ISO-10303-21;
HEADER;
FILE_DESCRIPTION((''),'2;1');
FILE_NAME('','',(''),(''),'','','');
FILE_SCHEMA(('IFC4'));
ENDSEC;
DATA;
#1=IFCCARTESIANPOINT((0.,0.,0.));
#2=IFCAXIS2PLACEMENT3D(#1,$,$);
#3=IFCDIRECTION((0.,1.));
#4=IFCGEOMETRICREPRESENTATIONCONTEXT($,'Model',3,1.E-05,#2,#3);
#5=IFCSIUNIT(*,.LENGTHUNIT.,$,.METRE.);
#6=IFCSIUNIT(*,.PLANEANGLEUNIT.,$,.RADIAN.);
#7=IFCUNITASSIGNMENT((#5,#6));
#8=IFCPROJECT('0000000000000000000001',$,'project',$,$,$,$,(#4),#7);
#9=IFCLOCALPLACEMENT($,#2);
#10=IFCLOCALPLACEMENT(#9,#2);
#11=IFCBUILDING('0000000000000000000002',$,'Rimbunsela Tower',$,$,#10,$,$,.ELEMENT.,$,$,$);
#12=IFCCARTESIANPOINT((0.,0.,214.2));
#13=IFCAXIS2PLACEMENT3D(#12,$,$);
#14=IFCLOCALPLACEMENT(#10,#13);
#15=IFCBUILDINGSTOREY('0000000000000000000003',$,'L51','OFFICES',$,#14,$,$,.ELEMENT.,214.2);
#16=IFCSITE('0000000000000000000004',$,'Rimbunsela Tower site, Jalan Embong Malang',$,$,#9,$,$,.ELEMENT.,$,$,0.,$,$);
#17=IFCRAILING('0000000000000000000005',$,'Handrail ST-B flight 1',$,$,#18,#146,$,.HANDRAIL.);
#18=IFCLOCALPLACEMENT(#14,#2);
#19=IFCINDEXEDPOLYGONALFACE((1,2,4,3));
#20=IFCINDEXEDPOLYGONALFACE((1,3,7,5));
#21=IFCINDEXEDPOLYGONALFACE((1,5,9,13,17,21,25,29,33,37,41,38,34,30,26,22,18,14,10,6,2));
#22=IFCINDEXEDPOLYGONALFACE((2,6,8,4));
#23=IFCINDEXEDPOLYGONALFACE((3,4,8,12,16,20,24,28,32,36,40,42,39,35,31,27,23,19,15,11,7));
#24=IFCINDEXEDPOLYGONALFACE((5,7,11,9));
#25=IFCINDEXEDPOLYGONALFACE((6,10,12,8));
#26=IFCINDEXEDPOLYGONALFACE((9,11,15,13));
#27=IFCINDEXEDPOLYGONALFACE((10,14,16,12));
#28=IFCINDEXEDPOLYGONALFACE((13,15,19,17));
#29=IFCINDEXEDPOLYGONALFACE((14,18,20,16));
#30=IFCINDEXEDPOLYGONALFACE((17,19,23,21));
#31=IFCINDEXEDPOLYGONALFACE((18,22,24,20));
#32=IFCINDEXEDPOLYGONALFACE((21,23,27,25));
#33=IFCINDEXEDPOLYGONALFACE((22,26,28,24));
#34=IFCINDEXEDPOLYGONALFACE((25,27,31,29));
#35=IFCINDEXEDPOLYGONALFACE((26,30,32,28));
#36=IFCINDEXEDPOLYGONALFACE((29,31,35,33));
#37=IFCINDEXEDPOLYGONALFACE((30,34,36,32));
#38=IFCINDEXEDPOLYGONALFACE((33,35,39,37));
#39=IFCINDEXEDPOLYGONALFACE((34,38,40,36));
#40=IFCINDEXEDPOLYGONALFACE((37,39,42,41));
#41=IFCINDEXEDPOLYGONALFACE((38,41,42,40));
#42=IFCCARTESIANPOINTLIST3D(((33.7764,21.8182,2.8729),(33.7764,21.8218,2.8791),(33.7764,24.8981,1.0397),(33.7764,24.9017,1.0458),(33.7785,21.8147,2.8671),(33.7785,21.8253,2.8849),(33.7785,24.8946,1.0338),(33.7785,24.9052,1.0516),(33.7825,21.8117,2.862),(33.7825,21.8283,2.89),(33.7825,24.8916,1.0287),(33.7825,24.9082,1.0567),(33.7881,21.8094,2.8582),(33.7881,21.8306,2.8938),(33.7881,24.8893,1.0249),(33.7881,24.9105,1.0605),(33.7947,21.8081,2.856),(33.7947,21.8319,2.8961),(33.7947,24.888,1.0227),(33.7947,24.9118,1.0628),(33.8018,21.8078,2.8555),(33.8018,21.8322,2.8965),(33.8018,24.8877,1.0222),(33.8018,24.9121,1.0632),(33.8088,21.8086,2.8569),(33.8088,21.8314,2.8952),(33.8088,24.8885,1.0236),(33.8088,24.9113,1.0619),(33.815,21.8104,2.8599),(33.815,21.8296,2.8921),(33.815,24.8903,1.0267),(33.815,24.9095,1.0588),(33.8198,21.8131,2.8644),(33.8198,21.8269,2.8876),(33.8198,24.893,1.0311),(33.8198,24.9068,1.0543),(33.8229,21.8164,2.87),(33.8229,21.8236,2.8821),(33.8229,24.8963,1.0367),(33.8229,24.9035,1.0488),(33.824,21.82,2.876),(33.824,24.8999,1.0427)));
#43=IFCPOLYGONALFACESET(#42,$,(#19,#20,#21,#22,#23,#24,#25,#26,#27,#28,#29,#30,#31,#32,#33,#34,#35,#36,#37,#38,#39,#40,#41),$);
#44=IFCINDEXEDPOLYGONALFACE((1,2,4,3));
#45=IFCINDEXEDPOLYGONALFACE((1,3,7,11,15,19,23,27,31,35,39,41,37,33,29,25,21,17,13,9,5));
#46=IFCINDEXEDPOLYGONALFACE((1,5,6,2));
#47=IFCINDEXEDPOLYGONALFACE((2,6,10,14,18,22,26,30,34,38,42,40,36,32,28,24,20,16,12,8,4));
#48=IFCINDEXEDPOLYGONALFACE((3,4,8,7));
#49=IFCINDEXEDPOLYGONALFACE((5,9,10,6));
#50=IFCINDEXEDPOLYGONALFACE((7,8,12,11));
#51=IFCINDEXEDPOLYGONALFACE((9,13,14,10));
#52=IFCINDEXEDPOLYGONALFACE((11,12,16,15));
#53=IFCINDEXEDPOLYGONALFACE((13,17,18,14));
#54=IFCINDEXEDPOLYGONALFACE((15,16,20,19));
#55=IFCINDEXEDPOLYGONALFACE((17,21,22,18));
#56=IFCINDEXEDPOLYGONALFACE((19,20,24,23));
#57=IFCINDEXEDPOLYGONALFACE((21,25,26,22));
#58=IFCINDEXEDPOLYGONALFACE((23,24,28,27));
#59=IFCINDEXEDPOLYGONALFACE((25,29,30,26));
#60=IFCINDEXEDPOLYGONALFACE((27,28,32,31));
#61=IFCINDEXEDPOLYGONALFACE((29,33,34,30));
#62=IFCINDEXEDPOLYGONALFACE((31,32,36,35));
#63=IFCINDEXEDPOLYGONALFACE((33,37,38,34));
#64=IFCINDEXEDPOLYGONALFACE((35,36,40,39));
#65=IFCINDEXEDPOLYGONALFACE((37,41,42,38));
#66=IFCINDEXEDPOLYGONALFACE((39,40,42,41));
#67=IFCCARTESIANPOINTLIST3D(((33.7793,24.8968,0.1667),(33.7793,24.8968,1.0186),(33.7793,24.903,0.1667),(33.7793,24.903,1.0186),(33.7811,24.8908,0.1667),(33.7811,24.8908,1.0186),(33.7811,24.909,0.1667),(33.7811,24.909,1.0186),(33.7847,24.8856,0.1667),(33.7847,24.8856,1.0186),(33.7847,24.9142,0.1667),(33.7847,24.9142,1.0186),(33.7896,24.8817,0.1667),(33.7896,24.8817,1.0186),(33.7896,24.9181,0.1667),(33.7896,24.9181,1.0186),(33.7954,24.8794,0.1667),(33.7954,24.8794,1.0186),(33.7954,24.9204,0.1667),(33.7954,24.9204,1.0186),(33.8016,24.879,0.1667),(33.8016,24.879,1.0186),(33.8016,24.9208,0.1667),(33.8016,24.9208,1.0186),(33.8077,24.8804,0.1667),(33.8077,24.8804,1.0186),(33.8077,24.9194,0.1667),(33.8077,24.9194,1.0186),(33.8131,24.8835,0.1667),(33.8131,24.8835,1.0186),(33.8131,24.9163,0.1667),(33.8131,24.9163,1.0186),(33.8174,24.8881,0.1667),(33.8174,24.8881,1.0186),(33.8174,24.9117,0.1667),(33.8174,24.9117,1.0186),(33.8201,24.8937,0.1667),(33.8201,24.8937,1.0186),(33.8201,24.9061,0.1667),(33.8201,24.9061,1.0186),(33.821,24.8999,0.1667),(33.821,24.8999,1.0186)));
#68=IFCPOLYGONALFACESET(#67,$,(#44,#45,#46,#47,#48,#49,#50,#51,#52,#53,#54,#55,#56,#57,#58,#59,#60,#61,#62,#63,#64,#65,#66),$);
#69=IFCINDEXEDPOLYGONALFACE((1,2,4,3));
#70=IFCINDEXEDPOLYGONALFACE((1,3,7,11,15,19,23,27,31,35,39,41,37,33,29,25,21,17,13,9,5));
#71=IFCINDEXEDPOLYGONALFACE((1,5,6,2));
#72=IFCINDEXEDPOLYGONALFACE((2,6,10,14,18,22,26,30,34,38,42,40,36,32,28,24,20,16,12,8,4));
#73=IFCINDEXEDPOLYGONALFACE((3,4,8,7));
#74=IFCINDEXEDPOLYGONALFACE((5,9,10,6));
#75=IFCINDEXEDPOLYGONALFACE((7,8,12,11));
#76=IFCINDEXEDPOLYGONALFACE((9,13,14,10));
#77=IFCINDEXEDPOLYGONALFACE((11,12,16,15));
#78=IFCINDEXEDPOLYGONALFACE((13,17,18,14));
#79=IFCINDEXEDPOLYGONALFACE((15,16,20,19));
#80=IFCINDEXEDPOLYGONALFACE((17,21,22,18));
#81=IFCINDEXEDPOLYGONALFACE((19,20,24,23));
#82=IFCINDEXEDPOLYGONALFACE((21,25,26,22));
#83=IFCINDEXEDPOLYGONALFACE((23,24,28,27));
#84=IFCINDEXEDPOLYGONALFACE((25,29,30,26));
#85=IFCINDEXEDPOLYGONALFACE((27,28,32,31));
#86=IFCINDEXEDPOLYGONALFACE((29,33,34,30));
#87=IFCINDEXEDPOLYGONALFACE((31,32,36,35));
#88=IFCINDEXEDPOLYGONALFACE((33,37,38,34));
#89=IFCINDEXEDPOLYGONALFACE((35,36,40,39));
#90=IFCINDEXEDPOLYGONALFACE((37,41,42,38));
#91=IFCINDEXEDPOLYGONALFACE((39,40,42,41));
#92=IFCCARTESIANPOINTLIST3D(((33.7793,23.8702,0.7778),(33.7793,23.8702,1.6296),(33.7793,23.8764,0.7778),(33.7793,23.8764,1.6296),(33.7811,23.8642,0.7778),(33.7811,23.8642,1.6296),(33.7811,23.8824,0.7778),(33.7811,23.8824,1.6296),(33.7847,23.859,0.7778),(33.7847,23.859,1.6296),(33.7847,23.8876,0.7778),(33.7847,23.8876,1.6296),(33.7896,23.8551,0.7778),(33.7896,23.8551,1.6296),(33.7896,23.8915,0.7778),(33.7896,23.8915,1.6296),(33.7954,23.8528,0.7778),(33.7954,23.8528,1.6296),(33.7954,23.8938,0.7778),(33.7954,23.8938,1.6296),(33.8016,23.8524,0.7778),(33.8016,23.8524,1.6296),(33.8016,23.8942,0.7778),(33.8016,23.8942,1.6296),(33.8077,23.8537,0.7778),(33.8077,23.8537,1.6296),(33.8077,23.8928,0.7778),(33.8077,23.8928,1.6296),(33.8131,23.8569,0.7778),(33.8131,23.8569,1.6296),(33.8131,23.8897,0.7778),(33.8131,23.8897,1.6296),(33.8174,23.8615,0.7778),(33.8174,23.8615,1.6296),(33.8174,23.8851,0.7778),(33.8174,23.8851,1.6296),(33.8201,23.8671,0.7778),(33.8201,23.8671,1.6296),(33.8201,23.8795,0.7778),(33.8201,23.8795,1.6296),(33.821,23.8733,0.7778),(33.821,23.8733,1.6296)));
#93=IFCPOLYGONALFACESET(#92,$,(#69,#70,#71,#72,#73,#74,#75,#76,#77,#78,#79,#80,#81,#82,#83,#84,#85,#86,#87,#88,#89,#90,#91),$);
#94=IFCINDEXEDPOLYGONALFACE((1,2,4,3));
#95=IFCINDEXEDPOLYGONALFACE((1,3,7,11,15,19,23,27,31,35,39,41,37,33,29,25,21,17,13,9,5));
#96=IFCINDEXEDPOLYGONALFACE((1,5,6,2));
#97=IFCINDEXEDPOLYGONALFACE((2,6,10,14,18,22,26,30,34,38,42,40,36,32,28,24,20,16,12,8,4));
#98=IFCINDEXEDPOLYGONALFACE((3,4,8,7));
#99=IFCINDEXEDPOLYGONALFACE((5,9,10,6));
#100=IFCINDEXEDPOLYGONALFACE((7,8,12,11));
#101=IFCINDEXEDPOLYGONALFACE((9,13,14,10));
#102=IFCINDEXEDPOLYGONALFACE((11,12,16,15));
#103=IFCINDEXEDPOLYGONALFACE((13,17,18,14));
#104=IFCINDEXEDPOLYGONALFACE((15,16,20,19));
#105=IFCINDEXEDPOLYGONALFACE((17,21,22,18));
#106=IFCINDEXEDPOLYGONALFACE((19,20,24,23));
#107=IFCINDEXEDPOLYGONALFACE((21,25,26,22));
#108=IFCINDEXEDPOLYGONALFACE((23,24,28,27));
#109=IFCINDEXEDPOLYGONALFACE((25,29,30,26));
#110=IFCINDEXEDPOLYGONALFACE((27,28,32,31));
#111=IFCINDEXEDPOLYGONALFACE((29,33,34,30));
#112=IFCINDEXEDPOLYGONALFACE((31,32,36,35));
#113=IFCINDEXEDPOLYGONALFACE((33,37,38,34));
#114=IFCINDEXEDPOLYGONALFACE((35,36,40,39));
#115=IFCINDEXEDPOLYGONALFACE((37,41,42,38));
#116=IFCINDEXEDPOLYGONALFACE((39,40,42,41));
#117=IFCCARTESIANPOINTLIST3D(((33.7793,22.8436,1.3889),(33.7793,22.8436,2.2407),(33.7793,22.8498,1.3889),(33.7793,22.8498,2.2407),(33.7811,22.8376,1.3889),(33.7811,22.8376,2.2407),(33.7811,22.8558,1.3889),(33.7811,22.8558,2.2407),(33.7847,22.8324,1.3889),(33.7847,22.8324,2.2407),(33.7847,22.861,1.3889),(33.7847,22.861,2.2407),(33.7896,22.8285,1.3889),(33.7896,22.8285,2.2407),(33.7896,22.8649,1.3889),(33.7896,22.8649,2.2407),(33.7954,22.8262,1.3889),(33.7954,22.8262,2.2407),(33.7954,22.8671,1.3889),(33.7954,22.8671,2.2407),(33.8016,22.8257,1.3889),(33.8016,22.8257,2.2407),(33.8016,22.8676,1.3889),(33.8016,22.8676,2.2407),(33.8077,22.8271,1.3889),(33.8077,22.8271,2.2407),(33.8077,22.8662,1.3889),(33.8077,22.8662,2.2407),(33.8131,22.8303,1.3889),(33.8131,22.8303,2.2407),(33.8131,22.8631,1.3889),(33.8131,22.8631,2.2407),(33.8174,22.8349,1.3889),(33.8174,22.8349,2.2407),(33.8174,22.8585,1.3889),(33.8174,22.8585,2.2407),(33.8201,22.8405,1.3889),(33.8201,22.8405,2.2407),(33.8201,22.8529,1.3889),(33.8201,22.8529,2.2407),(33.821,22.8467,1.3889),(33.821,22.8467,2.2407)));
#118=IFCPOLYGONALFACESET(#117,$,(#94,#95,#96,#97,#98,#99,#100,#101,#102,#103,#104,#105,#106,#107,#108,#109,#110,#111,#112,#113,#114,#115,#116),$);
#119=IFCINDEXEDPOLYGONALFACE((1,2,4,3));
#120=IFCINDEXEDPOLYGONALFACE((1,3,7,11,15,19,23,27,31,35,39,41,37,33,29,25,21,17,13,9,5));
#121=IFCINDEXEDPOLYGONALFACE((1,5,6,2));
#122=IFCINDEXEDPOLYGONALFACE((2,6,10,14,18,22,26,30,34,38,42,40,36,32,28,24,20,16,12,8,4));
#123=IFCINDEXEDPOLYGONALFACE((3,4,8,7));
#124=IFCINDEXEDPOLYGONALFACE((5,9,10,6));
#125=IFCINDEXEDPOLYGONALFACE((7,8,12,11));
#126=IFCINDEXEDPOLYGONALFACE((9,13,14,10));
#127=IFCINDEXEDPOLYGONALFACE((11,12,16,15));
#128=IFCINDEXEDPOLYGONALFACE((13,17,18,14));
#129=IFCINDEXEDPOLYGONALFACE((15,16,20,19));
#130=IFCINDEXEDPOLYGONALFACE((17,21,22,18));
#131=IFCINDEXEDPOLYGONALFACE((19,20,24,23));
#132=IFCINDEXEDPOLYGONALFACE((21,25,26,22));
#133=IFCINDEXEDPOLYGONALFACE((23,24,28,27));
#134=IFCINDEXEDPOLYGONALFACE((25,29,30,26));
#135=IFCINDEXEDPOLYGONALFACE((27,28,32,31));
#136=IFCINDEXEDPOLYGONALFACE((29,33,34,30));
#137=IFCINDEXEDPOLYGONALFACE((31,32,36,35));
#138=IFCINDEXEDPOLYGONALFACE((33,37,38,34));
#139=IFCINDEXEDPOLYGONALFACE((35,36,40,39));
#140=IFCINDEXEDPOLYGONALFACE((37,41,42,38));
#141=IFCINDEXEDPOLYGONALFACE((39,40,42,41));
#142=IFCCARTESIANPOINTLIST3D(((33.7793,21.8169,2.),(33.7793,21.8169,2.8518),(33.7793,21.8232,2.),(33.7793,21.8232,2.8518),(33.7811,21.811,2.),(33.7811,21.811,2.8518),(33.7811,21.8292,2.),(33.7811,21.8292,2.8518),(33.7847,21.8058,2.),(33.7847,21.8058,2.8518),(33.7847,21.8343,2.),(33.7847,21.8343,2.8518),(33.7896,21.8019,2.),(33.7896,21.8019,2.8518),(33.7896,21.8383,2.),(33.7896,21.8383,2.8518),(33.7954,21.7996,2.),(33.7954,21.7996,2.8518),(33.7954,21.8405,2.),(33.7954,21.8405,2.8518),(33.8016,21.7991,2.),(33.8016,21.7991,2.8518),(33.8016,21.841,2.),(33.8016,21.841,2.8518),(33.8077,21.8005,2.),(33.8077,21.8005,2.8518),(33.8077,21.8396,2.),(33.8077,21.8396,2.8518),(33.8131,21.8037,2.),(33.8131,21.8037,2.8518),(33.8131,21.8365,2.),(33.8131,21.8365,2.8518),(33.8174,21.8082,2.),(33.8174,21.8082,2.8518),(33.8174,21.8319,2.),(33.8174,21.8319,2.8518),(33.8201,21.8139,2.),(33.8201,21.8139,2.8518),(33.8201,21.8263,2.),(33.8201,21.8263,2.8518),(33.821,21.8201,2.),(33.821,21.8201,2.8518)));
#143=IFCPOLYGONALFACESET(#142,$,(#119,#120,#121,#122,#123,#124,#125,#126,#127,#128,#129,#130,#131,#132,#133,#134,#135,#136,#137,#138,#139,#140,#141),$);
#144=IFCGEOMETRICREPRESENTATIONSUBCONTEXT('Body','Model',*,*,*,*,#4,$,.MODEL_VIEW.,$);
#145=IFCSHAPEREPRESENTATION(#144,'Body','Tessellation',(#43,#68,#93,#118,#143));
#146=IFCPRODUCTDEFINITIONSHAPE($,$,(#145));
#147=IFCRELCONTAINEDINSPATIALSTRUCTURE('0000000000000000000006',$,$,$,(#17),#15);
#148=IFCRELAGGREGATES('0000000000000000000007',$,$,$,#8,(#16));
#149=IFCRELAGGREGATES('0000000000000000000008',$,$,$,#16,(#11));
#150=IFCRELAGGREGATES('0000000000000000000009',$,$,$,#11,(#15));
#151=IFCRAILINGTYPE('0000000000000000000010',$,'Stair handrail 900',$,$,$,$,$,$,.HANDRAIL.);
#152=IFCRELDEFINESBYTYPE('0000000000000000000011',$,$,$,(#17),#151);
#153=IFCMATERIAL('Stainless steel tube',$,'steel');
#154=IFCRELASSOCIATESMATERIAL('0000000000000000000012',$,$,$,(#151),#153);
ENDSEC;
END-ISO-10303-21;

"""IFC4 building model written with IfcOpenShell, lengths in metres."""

from ifc_helpers import new_model, si_unit, direction, frame, origin, origin_2d, place, context, subcontext, project, spatial, circle, extrude, material, type_object, element, save


model = new_model("IFC4")

# Units and contexts
model_context = context("Model", 3, precision=1e-05, world=origin(), true_north=direction((0.0, 1.0)))
body_context = subcontext(model_context, "Body", "Model", "MODEL_VIEW")
ifc_project = project(units=[si_unit("LENGTHUNIT", "METRE"), si_unit("PLANEANGLEUNIT", "RADIAN")], contexts=[model_context])

# Site, building, storey
site_placement = place(None, origin())
site = spatial("IfcSite", under=ifc_project, at=site_placement, Name="Rimbunsela Tower site, Jalan Embong Malang", CompositionType="ELEMENT", RefElevation=0.0)
building_placement = place(site_placement, origin())
building = spatial("IfcBuilding", under=site, at=building_placement, Name="Rimbunsela Tower", CompositionType="ELEMENT")
storey_placement = place(building_placement, frame((0.0, 0.0, 214.2)))
storey = spatial("IfcBuildingStorey", under=building, at=storey_placement, Name="L51", Description="OFFICES", CompositionType="ELEMENT", Elevation=214.2)

# Railing
ifc_material_1 = material(Name="Stainless steel tube", Category="steel")
railing_type = type_object("IfcRailingType", Name="Stair handrail 900", PredefinedType="HANDRAIL", material=ifc_material_1)
railing_1_placement = place(storey_placement, frame((33.8, 24.8999, 0.1667)))
element("IfcRailing", 1, at=railing_1_placement, inside=storey, type_object=railing_type, Name="Handrail ST-B flight 1", PredefinedType="HANDRAIL", context=body_context, shape_type="SweptSolid", body=[
    extrude(circle(Radius=0.0239, at=origin_2d()), frame((0.0, 0.0, 0.876), z_axis=(0.0, -0.859291, 0.511487), x_axis=(1.0, 0.0, 0.0)), (0.0, 0.0, 1.0), 3.5842),
    extrude(circle(Radius=0.021, at=origin_2d()), origin(), (0.0, 0.0, 1.0), 0.8518),
    extrude(circle(Radius=0.021, at=origin_2d()), frame((0.0, -1.0266, 0.6111)), (0.0, 0.0, 1.0), 0.8518),
    extrude(circle(Radius=0.021, at=origin_2d()), frame((0.0, -2.0532, 1.2222)), (0.0, 0.0, 1.0), 0.8518),
    extrude(circle(Radius=0.021, at=origin_2d()), frame((0.0, -3.0798, 1.8333)), (0.0, 0.0, 1.0), 0.8518),
])

save(model, "model.ifc")
